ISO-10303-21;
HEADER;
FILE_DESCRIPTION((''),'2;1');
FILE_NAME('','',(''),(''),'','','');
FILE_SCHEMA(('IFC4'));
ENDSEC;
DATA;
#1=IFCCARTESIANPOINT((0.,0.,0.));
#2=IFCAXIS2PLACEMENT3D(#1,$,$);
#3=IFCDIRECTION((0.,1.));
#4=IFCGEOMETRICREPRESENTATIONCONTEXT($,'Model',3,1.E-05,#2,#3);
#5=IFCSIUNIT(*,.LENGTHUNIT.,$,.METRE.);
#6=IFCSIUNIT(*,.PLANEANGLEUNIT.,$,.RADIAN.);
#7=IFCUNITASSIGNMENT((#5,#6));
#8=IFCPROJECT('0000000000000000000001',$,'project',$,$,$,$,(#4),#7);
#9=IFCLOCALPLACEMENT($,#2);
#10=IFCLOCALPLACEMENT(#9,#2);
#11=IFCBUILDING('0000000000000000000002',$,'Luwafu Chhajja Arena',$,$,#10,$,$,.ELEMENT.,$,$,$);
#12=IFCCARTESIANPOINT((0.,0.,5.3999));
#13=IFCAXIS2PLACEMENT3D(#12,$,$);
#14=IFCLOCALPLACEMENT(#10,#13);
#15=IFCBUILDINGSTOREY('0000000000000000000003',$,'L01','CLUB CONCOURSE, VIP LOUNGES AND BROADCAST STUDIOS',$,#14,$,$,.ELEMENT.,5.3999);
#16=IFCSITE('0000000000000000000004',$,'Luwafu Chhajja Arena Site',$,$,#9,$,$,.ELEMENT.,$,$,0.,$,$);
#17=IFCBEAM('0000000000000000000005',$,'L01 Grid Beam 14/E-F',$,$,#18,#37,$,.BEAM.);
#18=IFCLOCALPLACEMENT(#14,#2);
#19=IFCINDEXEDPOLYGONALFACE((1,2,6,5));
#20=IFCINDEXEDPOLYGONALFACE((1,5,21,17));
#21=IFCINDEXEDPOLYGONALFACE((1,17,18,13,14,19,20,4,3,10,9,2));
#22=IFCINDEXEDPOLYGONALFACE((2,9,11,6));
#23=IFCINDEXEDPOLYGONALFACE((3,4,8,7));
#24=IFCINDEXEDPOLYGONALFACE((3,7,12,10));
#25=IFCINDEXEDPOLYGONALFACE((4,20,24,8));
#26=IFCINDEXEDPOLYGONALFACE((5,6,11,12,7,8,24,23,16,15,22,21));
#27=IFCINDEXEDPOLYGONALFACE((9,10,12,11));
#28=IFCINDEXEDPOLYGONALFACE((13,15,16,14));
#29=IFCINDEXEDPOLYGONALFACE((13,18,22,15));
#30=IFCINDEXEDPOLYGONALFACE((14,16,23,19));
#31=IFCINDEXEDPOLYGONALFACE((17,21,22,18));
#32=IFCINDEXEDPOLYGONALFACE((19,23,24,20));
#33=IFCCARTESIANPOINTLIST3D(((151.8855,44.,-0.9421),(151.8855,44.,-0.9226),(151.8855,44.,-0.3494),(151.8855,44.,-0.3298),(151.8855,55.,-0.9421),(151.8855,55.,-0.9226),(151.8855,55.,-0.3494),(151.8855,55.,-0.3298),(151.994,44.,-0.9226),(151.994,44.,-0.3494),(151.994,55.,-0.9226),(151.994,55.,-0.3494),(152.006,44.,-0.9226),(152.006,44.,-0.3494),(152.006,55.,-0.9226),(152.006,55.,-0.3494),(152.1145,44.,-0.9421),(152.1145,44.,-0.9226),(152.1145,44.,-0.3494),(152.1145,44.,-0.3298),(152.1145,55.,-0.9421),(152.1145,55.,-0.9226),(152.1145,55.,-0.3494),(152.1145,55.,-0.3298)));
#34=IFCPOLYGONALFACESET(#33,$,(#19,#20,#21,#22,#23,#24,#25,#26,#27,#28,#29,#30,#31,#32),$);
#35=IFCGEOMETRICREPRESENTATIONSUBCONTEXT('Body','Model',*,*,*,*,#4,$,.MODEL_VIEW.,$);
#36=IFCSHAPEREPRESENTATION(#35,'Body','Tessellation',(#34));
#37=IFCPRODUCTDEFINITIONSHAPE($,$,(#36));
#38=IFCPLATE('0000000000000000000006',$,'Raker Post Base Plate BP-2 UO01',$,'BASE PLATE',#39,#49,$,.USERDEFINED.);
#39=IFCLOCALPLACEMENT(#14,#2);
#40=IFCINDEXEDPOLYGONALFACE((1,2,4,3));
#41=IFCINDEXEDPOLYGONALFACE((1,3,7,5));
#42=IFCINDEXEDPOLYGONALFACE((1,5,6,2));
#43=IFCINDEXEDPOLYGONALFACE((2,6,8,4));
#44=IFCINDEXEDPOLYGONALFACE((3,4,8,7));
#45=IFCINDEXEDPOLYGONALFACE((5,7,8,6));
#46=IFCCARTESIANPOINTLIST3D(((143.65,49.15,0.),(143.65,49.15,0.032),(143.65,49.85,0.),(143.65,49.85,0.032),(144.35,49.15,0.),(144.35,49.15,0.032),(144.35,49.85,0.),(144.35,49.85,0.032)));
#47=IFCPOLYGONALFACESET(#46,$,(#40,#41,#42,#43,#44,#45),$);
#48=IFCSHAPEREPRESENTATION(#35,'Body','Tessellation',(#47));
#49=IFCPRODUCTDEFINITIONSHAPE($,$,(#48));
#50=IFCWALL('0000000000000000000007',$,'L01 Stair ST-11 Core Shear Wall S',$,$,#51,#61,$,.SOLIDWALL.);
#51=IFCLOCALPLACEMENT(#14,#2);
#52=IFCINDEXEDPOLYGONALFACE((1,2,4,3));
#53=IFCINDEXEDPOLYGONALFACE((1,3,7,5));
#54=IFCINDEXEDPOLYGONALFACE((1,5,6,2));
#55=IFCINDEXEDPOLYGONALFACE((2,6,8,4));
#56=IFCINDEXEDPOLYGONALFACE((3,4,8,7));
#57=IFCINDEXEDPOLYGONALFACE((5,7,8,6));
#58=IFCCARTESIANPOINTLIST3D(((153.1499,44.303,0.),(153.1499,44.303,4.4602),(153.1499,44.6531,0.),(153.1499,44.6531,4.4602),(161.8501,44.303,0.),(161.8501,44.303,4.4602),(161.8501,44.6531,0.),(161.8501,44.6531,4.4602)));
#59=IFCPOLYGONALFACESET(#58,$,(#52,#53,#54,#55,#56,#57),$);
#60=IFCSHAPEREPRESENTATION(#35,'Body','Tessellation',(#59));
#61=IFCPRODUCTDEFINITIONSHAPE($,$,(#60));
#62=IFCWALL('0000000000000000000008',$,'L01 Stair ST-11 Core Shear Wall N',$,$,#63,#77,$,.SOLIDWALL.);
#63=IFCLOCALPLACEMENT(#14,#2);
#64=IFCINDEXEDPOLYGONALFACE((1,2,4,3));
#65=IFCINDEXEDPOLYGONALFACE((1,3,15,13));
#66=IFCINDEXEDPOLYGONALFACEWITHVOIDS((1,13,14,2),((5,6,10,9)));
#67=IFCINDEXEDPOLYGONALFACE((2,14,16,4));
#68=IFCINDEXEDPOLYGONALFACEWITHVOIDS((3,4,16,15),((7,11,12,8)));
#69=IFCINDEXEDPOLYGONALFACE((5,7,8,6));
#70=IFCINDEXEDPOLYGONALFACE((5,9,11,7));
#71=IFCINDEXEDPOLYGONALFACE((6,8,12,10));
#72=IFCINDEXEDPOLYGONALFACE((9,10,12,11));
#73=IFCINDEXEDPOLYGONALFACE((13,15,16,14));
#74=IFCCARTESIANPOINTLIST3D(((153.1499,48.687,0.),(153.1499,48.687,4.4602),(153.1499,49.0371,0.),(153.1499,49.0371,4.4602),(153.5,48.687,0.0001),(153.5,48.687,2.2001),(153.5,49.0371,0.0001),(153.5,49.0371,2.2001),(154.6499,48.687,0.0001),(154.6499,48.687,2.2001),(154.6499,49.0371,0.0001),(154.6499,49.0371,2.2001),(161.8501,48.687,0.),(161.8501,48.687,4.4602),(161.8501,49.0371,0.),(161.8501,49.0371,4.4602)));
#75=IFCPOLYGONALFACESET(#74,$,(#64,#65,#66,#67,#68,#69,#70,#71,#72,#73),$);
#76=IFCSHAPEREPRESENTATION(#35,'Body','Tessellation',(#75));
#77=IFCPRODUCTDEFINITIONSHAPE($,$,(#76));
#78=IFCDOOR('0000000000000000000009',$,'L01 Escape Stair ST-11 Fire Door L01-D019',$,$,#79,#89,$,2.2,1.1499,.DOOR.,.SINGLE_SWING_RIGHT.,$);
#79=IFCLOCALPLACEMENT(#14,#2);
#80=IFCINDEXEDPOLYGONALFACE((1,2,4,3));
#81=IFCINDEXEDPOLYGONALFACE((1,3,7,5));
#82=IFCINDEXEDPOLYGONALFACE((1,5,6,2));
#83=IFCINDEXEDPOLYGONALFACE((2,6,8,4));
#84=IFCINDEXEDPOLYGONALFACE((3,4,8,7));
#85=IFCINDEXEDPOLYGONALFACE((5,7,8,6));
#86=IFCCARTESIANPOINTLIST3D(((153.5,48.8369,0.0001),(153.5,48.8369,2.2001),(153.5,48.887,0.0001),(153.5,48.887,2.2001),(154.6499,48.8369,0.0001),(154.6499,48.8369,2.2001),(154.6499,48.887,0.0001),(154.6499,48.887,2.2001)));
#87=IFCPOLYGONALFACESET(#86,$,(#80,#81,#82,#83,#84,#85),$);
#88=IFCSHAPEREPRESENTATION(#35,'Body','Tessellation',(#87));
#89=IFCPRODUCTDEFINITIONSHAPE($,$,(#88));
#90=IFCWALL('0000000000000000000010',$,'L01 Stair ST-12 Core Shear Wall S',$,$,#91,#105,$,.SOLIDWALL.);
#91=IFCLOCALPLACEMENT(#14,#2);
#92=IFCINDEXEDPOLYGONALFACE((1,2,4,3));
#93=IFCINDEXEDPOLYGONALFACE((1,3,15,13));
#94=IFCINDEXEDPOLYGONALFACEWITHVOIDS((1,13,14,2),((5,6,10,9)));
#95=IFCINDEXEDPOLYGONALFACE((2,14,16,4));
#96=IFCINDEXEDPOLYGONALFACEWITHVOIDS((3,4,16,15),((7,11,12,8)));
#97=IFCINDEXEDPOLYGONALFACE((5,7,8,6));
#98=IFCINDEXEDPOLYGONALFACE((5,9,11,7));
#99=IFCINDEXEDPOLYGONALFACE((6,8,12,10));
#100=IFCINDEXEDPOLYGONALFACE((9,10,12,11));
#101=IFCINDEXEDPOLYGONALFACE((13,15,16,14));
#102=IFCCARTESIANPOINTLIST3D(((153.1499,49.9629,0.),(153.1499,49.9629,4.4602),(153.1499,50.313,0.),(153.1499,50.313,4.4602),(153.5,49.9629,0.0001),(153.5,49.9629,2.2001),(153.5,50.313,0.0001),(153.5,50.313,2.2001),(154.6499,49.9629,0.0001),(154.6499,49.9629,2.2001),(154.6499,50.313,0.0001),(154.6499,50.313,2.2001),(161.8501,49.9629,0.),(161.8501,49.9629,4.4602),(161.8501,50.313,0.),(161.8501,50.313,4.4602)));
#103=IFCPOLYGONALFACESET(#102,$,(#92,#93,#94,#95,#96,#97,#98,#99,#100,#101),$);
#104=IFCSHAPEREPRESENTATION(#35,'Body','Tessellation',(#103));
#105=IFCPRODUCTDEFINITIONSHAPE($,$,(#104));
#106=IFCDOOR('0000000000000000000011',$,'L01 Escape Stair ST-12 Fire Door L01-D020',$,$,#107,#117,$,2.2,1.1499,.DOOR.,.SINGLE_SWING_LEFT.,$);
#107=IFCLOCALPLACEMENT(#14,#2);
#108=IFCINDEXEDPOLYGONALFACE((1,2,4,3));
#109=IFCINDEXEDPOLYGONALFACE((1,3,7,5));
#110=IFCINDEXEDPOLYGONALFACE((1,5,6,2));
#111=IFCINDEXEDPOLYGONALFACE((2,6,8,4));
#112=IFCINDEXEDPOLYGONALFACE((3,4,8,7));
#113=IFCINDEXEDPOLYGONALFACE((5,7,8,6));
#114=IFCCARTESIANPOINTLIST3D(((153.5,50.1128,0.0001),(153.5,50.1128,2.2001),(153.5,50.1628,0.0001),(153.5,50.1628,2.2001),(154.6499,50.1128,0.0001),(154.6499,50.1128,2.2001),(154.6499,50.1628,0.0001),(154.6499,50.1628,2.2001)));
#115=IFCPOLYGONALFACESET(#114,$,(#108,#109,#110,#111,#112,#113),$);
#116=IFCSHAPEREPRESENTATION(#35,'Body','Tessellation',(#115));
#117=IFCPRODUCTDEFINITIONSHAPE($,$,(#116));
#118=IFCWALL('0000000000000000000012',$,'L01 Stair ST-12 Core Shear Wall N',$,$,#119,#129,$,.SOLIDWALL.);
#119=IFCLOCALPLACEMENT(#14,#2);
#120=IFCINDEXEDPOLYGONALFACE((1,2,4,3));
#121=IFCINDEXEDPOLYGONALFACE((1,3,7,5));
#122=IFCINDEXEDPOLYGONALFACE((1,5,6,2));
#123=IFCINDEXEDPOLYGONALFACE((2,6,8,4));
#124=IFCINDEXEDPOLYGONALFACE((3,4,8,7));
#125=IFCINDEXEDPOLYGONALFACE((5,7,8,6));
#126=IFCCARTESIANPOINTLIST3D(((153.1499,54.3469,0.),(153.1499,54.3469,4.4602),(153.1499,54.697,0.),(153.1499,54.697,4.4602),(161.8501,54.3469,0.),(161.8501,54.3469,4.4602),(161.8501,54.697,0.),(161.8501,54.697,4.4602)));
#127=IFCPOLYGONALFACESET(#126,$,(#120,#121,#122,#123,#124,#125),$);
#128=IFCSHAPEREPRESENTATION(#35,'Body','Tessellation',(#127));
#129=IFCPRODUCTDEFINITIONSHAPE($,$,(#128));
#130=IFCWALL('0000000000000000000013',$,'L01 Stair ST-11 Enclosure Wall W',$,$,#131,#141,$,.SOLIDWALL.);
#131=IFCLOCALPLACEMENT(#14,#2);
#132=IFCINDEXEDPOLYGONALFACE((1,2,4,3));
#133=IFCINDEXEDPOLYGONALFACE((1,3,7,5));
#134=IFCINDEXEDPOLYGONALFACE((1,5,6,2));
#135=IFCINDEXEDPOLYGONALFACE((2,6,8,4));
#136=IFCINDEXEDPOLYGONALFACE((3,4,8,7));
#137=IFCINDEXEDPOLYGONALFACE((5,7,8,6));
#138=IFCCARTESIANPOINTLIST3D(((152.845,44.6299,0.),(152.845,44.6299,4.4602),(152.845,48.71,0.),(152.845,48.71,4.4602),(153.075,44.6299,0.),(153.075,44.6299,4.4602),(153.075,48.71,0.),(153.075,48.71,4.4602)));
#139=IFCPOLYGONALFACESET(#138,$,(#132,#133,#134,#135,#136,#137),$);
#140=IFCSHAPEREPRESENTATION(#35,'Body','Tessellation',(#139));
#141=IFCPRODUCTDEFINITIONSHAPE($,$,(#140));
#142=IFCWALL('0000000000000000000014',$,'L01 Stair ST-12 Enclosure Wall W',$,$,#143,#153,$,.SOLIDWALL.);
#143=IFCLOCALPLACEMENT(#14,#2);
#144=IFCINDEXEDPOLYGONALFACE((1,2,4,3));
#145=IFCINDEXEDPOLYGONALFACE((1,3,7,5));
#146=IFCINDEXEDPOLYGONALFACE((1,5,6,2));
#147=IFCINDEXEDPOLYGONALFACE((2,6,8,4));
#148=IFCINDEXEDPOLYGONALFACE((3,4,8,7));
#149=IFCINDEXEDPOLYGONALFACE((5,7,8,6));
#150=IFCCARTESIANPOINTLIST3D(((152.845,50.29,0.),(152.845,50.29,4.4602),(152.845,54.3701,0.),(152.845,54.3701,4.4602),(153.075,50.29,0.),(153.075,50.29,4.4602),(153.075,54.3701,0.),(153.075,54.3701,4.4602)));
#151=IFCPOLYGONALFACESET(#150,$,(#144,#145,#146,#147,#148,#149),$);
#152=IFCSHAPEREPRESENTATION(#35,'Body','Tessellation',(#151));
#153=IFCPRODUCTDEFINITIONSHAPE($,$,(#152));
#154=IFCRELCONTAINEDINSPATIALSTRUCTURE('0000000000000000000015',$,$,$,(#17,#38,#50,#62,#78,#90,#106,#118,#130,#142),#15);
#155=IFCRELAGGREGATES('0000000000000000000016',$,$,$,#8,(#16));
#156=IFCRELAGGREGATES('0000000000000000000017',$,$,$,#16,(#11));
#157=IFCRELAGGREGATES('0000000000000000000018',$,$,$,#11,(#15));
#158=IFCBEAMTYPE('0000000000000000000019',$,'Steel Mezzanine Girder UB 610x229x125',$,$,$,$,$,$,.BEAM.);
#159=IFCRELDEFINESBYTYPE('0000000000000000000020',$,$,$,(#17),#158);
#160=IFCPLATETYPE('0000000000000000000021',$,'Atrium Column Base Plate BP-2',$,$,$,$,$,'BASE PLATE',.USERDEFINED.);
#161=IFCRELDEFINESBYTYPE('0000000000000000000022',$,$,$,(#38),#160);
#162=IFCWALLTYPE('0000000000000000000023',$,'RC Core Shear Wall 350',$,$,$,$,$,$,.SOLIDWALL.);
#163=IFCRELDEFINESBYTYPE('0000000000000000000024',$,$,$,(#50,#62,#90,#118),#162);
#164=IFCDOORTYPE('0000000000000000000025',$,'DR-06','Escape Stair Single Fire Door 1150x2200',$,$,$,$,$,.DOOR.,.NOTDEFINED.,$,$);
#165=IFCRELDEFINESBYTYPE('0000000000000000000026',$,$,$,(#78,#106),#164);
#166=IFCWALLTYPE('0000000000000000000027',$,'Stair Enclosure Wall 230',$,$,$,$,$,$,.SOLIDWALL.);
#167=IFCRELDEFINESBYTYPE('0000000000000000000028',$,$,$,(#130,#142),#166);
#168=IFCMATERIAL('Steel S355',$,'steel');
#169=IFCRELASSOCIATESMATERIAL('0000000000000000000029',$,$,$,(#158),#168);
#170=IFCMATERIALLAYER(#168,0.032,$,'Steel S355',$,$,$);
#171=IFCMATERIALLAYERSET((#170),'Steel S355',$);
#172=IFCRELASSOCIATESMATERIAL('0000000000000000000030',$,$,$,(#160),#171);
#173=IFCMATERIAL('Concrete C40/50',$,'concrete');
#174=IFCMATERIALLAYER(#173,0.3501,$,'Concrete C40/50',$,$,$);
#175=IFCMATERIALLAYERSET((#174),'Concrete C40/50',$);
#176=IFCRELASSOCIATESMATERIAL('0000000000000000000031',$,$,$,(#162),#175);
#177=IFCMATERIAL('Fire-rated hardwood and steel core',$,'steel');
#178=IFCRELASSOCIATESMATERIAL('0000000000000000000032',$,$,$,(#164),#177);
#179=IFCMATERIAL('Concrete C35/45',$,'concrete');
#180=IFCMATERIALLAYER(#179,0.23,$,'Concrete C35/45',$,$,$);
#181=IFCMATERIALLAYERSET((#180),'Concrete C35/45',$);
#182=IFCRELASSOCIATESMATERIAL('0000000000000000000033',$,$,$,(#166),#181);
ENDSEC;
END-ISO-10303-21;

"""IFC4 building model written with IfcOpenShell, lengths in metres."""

from ifc_helpers import new_model, si_unit, direction, frame, frame_2d, origin, origin_2d, place, context, subcontext, project, spatial, rectangle, i_section, extrude, material, layer, layer_set, material_profile, profile_set, type_object, element, fill, save


model = new_model("IFC4")

# Units and contexts
model_context = context("Model", 3, precision=1e-05, world=origin(), true_north=direction((0.0, 1.0)))
body_context = subcontext(model_context, "Body", "Model", "MODEL_VIEW")
ifc_project = project(units=[si_unit("LENGTHUNIT", "METRE"), si_unit("PLANEANGLEUNIT", "RADIAN")], contexts=[model_context])

# Site, building, storey
site_placement = place(None, origin())
site = spatial("IfcSite", under=ifc_project, at=site_placement, Name="Luwafu Chhajja Arena Site", CompositionType="ELEMENT", RefElevation=0.0)
building_placement = place(site_placement, origin())
building = spatial("IfcBuilding", under=site, at=building_placement, Name="Luwafu Chhajja Arena", CompositionType="ELEMENT")
storey_placement = place(building_placement, frame((0.0, 0.0, 5.3999)))
storey = spatial("IfcBuildingStorey", under=building, at=storey_placement, Name="L01", Description="CLUB CONCOURSE, VIP LOUNGES AND BROADCAST STUDIOS", CompositionType="ELEMENT", Elevation=5.3999)

# Shared definitions
ifc_material_1 = material(Name="Concrete C40/50", Category="concrete")
ifc_material_2 = material(Name="Steel S355", Category="steel")

# Beam
ifc_material_3 = material(Name="Concrete C35/45", Category="concrete")
ifc_material_profile_1 = material_profile(ifc_material_2, i_section(OverallWidth=0.229, OverallDepth=0.6123, WebThickness=0.012, FlangeThickness=0.0195, at=origin_2d()), Name="UB 610x229x125")
ifc_profile_set_1 = profile_set([ifc_material_profile_1], Name="Steel S355")
beam_type_1 = type_object("IfcBeamType", Name="Steel Mezzanine Girder UB 610x229x125", PredefinedType="BEAM", material=ifc_profile_set_1)
beam_1_placement = place(storey_placement, frame((152.0, 44.0, -0.636), z_axis=(0.0, 1.0, 0.0), x_axis=(-1.0, 0.0, 0.0)))
element("IfcBeam", 1, at=beam_1_placement, inside=storey, type_object=beam_type_1, Name="L01 Grid Beam 14/E-F", PredefinedType="BEAM", context=body_context, shape_type="SweptSolid", body=[
    extrude(i_section(OverallWidth=0.229, OverallDepth=0.6123, WebThickness=0.012, FlangeThickness=0.0195, at=origin_2d()), origin(), (0.0, 0.0, 1.0), 11.0),
])

# Plate
ifc_layer_1 = layer(ifc_material_2, 0.032, Name="Steel S355")
ifc_layer_set_1 = layer_set([ifc_layer_1], Name="Steel S355")
plate_type = type_object("IfcPlateType", Name="Atrium Column Base Plate BP-2", ElementType="BASE PLATE", PredefinedType="USERDEFINED", material=ifc_layer_set_1)
plate_placement = place(storey_placement, frame((144.0, 49.5, 0.0), z_axis=(0.0, 0.0, 1.0), x_axis=(1.0, 0.0, 0.0)))
element("IfcPlate", 2, at=plate_placement, inside=storey, type_object=plate_type, Name="Raker Post Base Plate BP-2 UO01", ObjectType="BASE PLATE", PredefinedType="USERDEFINED", context=body_context, shape_type="SweptSolid", body=[
    extrude(rectangle(XDim=0.7, YDim=0.7, at=origin_2d()), origin(), (0.0, 0.0, 1.0), 0.032),
])

# Wall
ifc_layer_2 = layer(ifc_material_1, 0.3501, Name="Concrete C40/50")
ifc_layer_set_2 = layer_set([ifc_layer_2], Name="Concrete C40/50")
wall_type_1 = type_object("IfcWallType", Name="RC Core Shear Wall 350", PredefinedType="SOLIDWALL", material=ifc_layer_set_2)
wall_1_placement = place(storey_placement, frame((153.1499, 44.478, 0.0), z_axis=(0.0, 0.0, 1.0), x_axis=(1.0, 0.0, 0.0)))
element("IfcWall", 3, at=wall_1_placement, inside=storey, type_object=wall_type_1, Name="L01 Stair ST-11 Core Shear Wall S", PredefinedType="SOLIDWALL", context=body_context, shape_type="SweptSolid", body=[
    extrude(rectangle(XDim=8.7002, YDim=0.3501, at=frame_2d((4.3501, 0.0))), origin(), (0.0, 0.0, 1.0), 4.4602),
])

# Walls, openings, doors
wall_2_placement = place(storey_placement, frame((153.1499, 48.8621, 0.0), z_axis=(0.0, 0.0, 1.0), x_axis=(1.0, 0.0, 0.0)))
wall_2 = element("IfcWall", 4, at=wall_2_placement, inside=storey, type_object=wall_type_1, Name="L01 Stair ST-11 Core Shear Wall N", PredefinedType="SOLIDWALL", context=body_context, shape_type="SweptSolid", body=[
    extrude(rectangle(XDim=8.7002, YDim=0.3501, at=frame_2d((4.3501, 0.0))), origin(), (0.0, 0.0, 1.0), 4.4602),
])
opening_1_placement = place(wall_2_placement, frame((0.3501, 0.0, 0.0)))
opening_1 = element("IfcOpeningElement", 5, at=opening_1_placement, cuts=wall_2, PredefinedType="OPENING", context=body_context, shape_type="SweptSolid", body=[
    extrude(rectangle(XDim=1.1499, YDim=2.2, at=frame_2d((0.575, 1.1001))), frame((0.0, 0.1851, 0.0), z_axis=(0.0, -1.0, 0.0), x_axis=(1.0, 0.0, 0.0)), (0.0, 0.0, 1.0), 0.3701),
])
ifc_material_4 = material(Name="Fire-rated hardwood and steel core", Category="steel")
door_type = type_object("IfcDoorType", Name="DR-06", Description="Escape Stair Single Fire Door 1150x2200", OperationType="NOTDEFINED", PredefinedType="DOOR", material=ifc_material_4)
door_1_placement = place(opening_1_placement, origin())
door_1 = element("IfcDoor", 6, at=door_1_placement, inside=storey, type_object=door_type, Name="L01 Escape Stair ST-11 Fire Door L01-D019", OperationType="SINGLE_SWING_RIGHT", OverallHeight=2.2, OverallWidth=1.1499, PredefinedType="DOOR", context=body_context, shape_type="SweptSolid", body=[
    extrude(rectangle(XDim=1.1499, YDim=2.2, at=frame_2d((0.575, 1.1001))), frame((0.0, 0.0249, 0.0), z_axis=(0.0, -1.0, 0.0), x_axis=(1.0, 0.0, 0.0)), (0.0, 0.0, 1.0), 0.05),
])
fill(opening_1, door_1)
wall_3_placement = place(storey_placement, frame((153.1499, 50.1379, 0.0), z_axis=(0.0, 0.0, 1.0), x_axis=(1.0, 0.0, 0.0)))
wall_3 = element("IfcWall", 7, at=wall_3_placement, inside=storey, type_object=wall_type_1, Name="L01 Stair ST-12 Core Shear Wall S", PredefinedType="SOLIDWALL", context=body_context, shape_type="SweptSolid", body=[
    extrude(rectangle(XDim=8.7002, YDim=0.3501, at=frame_2d((4.3501, 0.0))), origin(), (0.0, 0.0, 1.0), 4.4602),
])
opening_2_placement = place(wall_3_placement, frame((0.3501, 0.0, 0.0)))
opening_2 = element("IfcOpeningElement", 8, at=opening_2_placement, cuts=wall_3, PredefinedType="OPENING", context=body_context, shape_type="SweptSolid", body=[
    extrude(rectangle(XDim=1.1499, YDim=2.2, at=frame_2d((0.575, 1.1001))), frame((0.0, 0.1851, 0.0), z_axis=(0.0, -1.0, 0.0), x_axis=(1.0, 0.0, 0.0)), (0.0, 0.0, 1.0), 0.3701),
])
door_2_placement = place(opening_2_placement, origin())
door_2 = element("IfcDoor", 9, at=door_2_placement, inside=storey, type_object=door_type, Name="L01 Escape Stair ST-12 Fire Door L01-D020", OperationType="SINGLE_SWING_LEFT", OverallHeight=2.2, OverallWidth=1.1499, PredefinedType="DOOR", context=body_context, shape_type="SweptSolid", body=[
    extrude(rectangle(XDim=1.1499, YDim=2.2, at=frame_2d((0.575, 1.1001))), frame((0.0, 0.0249, 0.0), z_axis=(0.0, -1.0, 0.0), x_axis=(1.0, 0.0, 0.0)), (0.0, 0.0, 1.0), 0.05),
])
fill(opening_2, door_2)

# Walls
wall_4_placement = place(storey_placement, frame((153.1499, 54.522, 0.0), z_axis=(0.0, 0.0, 1.0), x_axis=(1.0, 0.0, 0.0)))
element("IfcWall", 10, at=wall_4_placement, inside=storey, type_object=wall_type_1, Name="L01 Stair ST-12 Core Shear Wall N", PredefinedType="SOLIDWALL", context=body_context, shape_type="SweptSolid", body=[
    extrude(rectangle(XDim=8.7002, YDim=0.3501, at=frame_2d((4.3501, 0.0))), origin(), (0.0, 0.0, 1.0), 4.4602),
])
ifc_layer_3 = layer(ifc_material_3, 0.23, Name="Concrete C35/45")
ifc_layer_set_3 = layer_set([ifc_layer_3], Name="Concrete C35/45")
wall_type_2 = type_object("IfcWallType", Name="Stair Enclosure Wall 230", PredefinedType="SOLIDWALL", material=ifc_layer_set_3)
for number, where, z_axis, x_axis, name in (
    (11, (152.96, 44.6299, 0.0), (0.0, 0.0, 1.0), (0.0, 1.0, 0.0), "L01 Stair ST-11 Enclosure Wall W"),
    (12, (152.96, 50.29, 0.0), (0.0, 0.0, 1.0), (0.0, 1.0, 0.0), "L01 Stair ST-12 Enclosure Wall W"),
):
    element("IfcWall", number, at=place(storey_placement, frame(where, z_axis=z_axis, x_axis=x_axis)), inside=storey, type_object=wall_type_2, Name=name, PredefinedType="SOLIDWALL", context=body_context, shape_type="SweptSolid", body=[
        extrude(rectangle(XDim=4.0801, YDim=0.23, at=frame_2d((2.04, 0.0))), origin(), (0.0, 0.0, 1.0), 4.4602),
    ])

save(model, "model.ifc")
